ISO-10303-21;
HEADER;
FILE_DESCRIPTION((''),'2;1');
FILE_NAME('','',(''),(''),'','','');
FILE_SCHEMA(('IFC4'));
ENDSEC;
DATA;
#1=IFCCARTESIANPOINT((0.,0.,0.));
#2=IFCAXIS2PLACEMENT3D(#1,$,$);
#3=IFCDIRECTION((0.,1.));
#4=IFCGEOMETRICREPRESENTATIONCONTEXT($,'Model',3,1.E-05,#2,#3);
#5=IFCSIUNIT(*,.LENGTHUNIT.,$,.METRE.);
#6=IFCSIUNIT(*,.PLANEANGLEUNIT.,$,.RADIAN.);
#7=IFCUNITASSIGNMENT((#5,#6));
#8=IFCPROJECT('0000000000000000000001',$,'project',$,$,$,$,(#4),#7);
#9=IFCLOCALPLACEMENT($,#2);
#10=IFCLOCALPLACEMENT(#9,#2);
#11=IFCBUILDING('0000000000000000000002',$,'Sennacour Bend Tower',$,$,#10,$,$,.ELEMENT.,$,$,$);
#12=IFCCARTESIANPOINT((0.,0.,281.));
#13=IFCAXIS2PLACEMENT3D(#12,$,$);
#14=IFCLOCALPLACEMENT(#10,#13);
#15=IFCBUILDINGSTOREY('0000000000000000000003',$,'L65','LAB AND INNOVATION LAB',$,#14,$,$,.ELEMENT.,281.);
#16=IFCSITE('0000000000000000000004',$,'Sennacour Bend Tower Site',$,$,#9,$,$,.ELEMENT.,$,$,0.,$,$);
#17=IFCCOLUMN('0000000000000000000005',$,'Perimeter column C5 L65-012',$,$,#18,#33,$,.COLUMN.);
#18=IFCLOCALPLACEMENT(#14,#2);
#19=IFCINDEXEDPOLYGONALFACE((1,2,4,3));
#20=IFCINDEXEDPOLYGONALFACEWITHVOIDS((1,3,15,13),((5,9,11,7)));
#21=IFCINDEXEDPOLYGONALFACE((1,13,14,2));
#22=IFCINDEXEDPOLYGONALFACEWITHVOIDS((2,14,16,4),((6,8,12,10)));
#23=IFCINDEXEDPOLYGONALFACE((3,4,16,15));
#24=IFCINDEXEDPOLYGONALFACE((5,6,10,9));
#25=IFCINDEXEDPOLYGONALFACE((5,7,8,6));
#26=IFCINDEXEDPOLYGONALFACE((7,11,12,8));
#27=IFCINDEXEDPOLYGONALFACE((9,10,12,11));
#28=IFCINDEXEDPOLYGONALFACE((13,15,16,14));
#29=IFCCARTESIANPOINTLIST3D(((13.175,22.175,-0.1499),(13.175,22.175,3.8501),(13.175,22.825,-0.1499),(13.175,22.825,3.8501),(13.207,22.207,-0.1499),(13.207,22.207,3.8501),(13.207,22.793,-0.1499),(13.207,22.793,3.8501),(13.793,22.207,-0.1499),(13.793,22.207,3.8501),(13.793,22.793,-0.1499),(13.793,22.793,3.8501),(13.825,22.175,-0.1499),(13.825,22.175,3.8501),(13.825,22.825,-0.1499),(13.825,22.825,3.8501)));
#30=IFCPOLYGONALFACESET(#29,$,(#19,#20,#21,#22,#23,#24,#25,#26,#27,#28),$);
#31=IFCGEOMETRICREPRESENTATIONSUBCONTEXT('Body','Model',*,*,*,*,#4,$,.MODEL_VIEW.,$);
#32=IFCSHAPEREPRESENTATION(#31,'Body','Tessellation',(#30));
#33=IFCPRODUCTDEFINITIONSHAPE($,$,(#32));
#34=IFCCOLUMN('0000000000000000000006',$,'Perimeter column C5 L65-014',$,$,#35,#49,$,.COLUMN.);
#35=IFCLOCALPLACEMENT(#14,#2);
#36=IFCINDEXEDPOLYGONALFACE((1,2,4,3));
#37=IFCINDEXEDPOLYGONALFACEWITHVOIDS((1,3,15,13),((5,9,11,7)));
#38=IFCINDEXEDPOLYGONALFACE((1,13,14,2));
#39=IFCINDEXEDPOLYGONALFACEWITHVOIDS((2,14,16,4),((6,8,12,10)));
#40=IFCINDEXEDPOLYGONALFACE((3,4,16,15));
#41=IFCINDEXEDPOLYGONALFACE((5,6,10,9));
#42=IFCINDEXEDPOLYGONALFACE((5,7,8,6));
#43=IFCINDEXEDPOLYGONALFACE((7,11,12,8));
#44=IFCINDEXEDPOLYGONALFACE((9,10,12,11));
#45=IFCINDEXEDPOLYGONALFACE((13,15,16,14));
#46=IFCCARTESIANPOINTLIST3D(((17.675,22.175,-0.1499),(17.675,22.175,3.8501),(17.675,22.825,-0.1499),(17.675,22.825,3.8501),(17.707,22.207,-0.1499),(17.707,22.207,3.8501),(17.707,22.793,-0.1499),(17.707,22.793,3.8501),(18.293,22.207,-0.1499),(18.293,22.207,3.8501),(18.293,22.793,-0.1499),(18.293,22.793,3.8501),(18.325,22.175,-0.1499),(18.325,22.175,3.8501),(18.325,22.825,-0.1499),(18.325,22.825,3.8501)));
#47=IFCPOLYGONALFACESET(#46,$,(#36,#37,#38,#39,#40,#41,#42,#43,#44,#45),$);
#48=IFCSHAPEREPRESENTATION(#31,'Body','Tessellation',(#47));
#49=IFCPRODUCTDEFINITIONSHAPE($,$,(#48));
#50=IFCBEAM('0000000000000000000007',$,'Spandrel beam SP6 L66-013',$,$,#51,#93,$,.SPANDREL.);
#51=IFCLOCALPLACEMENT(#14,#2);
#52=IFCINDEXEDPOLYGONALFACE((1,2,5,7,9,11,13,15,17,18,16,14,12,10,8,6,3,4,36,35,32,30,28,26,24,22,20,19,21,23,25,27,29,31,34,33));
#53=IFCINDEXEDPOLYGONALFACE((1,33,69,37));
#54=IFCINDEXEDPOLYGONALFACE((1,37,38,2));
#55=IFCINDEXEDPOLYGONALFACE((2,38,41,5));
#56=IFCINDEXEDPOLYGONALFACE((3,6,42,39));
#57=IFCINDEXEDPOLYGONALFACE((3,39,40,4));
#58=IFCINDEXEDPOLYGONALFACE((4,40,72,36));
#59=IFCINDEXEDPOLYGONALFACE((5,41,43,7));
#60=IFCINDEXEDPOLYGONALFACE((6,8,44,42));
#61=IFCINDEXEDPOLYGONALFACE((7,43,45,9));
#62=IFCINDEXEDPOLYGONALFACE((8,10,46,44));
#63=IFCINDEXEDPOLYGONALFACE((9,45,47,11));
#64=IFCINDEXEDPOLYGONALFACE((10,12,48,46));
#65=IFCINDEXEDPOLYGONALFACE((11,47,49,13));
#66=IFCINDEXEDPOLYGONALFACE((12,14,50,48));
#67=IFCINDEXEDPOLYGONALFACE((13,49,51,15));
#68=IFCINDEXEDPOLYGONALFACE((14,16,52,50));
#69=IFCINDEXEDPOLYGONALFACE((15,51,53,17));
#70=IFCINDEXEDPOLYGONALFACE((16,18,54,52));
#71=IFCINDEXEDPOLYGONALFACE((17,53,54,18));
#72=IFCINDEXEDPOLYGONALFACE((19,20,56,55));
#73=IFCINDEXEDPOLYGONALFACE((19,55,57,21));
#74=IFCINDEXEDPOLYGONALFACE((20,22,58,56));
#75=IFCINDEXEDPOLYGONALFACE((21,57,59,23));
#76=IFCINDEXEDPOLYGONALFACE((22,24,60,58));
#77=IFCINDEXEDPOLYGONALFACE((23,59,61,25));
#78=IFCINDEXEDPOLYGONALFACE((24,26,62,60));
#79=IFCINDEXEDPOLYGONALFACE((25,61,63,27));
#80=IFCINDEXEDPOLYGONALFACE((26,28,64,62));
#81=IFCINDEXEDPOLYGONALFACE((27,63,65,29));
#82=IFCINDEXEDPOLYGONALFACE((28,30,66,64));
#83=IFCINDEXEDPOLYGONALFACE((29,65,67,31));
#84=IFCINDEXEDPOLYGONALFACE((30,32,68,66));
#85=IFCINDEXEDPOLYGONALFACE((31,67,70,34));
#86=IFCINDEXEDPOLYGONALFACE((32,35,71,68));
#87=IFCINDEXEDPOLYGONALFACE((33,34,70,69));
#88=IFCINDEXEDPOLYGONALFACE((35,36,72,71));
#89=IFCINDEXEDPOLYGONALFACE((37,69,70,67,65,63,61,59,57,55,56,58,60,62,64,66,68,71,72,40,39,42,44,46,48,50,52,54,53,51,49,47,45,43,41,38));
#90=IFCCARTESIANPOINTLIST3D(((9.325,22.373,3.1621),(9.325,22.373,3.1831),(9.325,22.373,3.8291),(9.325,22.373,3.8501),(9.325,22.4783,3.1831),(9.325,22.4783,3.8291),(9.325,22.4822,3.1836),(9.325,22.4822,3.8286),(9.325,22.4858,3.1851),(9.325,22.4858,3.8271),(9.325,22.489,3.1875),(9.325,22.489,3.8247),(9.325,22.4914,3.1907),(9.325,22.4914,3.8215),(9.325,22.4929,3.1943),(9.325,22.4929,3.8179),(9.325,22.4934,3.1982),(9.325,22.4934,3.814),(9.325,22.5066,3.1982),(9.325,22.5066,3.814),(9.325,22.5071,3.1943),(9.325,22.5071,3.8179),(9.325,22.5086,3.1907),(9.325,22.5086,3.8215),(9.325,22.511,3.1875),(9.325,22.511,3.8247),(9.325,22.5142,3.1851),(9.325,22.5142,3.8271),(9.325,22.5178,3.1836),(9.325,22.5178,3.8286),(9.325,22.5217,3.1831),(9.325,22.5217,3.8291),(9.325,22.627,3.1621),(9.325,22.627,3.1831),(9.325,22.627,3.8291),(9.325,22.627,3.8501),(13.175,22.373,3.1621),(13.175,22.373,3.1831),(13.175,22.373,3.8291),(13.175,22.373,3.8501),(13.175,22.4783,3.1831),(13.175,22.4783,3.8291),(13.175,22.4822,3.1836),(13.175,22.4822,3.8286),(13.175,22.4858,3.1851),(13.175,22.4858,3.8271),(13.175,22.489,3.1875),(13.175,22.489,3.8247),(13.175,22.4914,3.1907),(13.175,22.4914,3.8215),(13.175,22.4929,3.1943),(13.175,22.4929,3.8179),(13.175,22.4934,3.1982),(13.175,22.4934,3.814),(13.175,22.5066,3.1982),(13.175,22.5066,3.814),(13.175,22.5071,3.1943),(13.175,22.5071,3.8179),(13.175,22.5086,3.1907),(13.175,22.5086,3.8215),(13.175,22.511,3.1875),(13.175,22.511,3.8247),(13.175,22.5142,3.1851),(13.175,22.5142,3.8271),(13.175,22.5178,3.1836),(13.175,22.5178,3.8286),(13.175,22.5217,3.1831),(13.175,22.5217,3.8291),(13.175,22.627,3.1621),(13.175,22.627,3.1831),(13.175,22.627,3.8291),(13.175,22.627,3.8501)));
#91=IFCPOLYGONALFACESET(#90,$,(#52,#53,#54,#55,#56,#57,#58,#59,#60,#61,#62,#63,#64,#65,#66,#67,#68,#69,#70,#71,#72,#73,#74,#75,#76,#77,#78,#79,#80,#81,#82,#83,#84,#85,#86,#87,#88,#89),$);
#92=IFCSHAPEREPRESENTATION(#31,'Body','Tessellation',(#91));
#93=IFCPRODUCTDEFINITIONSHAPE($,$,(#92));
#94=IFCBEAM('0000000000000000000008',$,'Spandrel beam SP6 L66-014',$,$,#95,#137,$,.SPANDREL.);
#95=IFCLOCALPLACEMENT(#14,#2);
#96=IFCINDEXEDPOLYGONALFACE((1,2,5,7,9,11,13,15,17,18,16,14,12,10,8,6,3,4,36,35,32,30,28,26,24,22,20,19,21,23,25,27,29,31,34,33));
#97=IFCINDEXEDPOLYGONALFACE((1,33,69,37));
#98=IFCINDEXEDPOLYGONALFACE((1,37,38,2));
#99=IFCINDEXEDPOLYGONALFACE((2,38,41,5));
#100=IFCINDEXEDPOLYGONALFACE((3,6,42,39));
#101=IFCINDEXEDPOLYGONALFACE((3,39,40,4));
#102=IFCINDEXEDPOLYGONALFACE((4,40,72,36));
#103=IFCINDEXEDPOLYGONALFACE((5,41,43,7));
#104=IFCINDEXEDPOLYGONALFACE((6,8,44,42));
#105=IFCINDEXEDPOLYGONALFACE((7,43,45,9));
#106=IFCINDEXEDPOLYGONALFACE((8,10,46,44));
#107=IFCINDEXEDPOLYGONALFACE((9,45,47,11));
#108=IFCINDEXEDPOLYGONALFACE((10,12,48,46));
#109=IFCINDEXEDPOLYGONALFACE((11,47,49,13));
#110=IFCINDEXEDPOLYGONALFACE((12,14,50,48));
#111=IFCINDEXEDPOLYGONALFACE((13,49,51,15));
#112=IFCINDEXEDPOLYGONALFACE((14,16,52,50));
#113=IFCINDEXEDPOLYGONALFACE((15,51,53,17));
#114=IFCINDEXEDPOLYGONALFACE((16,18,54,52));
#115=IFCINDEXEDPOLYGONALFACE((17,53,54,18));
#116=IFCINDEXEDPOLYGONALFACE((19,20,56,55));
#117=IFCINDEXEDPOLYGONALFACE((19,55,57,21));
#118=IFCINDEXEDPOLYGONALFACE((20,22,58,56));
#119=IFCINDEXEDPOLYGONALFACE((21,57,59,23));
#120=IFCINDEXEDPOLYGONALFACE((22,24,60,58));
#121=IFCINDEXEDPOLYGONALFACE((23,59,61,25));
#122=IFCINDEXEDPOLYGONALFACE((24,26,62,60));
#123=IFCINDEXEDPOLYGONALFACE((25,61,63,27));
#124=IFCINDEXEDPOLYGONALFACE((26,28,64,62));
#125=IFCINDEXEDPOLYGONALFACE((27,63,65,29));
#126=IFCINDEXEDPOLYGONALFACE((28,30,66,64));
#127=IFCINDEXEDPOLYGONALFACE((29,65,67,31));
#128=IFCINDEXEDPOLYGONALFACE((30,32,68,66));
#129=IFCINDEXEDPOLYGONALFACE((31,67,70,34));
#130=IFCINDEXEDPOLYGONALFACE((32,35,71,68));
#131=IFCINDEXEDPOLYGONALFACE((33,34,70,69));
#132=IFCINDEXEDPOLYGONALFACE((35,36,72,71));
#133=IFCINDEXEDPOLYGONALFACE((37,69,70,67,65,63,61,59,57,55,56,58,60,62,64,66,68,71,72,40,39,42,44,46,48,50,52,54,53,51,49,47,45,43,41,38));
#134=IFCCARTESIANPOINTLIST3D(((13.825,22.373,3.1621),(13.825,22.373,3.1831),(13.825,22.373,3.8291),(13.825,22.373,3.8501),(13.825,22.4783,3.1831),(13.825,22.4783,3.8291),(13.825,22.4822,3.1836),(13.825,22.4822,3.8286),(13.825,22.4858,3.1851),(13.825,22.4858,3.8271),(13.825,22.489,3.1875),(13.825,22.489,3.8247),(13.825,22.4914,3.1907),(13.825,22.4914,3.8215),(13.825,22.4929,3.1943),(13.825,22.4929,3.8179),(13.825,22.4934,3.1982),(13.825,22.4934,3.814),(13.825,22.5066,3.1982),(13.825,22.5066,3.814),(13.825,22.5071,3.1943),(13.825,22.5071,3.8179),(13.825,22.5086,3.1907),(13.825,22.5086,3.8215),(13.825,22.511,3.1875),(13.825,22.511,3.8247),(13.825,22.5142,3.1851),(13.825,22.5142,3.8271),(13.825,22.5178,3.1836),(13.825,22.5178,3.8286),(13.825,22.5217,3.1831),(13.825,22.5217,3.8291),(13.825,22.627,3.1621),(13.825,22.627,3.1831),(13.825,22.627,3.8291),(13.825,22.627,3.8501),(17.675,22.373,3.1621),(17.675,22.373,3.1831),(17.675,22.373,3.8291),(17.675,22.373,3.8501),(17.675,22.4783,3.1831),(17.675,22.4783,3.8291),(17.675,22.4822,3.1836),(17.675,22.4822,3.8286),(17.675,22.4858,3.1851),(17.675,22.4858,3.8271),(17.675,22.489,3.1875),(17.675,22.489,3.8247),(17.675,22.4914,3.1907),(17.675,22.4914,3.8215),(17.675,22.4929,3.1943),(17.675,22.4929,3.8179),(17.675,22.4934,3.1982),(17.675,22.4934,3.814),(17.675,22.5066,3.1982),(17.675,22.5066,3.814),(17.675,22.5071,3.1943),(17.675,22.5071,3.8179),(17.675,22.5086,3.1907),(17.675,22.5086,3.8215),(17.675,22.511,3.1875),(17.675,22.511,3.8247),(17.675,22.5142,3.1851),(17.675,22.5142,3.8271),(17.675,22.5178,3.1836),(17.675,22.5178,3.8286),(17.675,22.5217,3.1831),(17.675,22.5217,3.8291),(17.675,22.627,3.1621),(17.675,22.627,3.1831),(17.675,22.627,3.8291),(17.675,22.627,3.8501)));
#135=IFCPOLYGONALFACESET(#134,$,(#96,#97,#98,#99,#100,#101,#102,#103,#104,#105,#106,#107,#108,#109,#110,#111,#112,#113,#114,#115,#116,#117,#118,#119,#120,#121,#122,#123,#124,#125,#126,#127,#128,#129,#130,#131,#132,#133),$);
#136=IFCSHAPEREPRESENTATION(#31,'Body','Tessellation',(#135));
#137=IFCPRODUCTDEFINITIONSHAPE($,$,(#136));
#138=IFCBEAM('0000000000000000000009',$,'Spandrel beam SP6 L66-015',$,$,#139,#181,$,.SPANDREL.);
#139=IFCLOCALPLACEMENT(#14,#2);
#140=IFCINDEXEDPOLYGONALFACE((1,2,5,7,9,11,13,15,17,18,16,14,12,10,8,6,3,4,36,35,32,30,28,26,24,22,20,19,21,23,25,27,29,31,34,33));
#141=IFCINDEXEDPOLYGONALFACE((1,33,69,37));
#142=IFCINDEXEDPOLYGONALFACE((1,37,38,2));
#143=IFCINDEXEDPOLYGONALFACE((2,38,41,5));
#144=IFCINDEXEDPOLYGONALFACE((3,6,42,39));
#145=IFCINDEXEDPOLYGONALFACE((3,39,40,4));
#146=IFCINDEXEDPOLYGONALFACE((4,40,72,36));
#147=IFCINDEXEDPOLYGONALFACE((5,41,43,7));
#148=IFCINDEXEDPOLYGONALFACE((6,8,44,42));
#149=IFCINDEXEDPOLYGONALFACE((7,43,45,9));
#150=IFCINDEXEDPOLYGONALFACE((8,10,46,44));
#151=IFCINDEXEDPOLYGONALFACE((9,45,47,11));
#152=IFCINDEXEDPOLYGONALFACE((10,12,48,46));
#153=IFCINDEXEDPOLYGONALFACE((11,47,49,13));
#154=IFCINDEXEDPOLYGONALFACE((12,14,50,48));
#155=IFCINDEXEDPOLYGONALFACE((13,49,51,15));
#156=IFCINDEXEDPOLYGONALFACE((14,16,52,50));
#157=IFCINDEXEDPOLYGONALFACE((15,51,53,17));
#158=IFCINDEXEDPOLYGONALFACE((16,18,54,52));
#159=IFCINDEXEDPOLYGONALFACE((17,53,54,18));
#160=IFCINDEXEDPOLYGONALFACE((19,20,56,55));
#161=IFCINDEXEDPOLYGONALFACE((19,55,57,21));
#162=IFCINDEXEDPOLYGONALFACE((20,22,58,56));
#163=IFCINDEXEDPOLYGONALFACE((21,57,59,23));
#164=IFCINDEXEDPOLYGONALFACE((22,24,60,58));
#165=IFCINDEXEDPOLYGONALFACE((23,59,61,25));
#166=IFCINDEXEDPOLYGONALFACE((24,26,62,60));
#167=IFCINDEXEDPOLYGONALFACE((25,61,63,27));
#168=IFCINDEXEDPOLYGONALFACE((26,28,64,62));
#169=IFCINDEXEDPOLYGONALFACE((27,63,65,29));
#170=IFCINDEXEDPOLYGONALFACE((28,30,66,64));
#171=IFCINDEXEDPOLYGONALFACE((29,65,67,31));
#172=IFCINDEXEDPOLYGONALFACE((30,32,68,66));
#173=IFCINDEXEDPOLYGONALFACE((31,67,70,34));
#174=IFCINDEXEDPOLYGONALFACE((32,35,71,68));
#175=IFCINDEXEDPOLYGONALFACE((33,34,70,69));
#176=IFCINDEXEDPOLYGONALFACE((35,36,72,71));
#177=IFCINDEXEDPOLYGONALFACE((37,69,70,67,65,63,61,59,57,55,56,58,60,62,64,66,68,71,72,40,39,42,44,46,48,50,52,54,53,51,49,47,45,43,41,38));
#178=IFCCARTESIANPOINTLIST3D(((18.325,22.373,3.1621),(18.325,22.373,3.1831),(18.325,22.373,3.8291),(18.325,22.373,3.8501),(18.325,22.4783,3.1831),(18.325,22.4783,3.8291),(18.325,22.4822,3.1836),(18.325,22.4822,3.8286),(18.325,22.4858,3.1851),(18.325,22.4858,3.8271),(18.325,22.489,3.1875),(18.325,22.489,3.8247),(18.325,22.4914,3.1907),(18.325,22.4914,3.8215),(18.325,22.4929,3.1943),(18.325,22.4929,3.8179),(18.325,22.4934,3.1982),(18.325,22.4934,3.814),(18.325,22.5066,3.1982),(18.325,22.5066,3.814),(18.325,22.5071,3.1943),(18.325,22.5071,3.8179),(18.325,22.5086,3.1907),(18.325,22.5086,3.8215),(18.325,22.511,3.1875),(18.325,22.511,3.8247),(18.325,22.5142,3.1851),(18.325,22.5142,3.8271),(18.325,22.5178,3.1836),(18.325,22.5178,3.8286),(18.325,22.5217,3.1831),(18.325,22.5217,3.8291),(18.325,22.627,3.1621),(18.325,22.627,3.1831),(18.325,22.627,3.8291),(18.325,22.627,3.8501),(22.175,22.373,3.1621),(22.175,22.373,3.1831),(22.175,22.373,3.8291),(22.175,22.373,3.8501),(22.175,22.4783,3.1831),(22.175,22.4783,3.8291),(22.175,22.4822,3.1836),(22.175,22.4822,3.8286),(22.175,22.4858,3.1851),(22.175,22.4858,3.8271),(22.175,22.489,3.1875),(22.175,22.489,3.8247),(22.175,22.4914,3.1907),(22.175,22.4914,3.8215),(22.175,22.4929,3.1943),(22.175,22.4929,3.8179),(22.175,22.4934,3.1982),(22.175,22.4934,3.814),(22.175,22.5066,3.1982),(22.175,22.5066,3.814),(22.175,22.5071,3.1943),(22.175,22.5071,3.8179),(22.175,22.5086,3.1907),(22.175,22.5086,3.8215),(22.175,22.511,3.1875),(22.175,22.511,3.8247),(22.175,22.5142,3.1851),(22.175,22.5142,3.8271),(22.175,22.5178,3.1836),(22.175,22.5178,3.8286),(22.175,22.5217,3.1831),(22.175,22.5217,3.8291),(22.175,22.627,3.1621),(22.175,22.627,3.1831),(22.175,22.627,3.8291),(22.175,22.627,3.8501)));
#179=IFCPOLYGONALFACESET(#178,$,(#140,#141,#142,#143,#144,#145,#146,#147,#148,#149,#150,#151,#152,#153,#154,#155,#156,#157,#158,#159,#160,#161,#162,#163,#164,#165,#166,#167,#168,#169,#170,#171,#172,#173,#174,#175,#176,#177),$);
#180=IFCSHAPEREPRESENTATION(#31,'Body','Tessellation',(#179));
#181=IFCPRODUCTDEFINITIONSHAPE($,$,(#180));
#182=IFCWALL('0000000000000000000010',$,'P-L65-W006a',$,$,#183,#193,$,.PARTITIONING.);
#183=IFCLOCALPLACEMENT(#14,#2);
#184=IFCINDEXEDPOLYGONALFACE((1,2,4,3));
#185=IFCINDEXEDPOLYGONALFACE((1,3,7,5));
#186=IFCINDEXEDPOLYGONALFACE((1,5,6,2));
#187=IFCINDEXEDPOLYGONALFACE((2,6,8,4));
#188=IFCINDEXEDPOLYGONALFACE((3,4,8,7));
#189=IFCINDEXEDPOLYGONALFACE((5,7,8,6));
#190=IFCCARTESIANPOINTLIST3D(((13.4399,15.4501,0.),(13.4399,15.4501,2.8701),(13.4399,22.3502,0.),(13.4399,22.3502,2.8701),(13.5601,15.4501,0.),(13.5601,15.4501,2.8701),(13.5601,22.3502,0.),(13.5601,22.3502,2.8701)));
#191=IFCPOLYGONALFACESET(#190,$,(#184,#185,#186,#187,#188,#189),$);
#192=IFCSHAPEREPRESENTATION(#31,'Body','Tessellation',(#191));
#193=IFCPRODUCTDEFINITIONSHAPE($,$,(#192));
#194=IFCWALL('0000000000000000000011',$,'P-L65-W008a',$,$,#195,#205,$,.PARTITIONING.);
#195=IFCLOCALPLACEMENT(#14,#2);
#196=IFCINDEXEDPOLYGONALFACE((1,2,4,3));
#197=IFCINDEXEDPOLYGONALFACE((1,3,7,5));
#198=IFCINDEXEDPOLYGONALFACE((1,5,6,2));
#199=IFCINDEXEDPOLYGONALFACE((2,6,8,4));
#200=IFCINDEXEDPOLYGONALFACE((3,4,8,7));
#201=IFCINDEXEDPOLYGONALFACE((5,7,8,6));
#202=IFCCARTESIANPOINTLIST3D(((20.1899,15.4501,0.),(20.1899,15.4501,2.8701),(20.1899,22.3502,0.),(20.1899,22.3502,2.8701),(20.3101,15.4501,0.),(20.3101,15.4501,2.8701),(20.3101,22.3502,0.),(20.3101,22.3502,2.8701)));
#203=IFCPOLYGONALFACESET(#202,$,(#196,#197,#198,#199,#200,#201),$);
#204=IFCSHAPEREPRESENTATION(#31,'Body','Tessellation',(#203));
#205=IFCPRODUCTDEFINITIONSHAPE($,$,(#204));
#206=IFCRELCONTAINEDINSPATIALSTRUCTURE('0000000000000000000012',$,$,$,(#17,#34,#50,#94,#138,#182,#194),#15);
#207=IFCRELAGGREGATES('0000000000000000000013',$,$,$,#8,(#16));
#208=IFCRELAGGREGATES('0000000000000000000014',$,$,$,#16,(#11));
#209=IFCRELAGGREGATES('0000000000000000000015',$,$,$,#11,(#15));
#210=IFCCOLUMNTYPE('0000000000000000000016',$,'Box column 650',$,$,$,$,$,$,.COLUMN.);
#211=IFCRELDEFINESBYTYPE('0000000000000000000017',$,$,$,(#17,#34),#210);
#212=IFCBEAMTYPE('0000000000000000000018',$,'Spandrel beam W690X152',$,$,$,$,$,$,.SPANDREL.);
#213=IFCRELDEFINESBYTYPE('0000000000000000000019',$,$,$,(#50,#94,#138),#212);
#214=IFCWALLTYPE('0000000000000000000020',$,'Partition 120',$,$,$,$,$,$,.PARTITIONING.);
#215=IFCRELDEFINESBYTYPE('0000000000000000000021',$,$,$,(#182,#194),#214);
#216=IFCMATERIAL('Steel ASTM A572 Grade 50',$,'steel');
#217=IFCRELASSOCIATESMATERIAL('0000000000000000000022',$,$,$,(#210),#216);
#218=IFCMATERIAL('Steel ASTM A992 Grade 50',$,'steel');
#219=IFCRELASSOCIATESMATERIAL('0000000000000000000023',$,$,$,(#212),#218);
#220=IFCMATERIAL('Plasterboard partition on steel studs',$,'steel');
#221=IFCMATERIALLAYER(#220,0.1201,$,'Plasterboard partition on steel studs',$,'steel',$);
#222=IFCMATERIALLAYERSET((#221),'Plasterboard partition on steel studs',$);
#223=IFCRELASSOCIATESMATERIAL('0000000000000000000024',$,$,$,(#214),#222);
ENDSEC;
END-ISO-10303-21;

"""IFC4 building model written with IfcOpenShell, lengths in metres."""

from ifc_helpers import new_model, si_unit, direction, frame, frame_2d, origin, origin_2d, place, context, subcontext, project, spatial, rectangle, hollow_rectangle, i_section, extrude, material, layer, layer_set, material_profile, profile_set, type_object, element, save


model = new_model("IFC4")

# Units and contexts
model_context = context("Model", 3, precision=1e-05, world=origin(), true_north=direction((0.0, 1.0)))
body_context = subcontext(model_context, "Body", "Model", "MODEL_VIEW")
ifc_project = project(units=[si_unit("LENGTHUNIT", "METRE"), si_unit("PLANEANGLEUNIT", "RADIAN")], contexts=[model_context])

# Site, building, storey
site_placement = place(None, origin())
site = spatial("IfcSite", under=ifc_project, at=site_placement, Name="Sennacour Bend Tower Site", CompositionType="ELEMENT", RefElevation=0.0)
building_placement = place(site_placement, origin())
building = spatial("IfcBuilding", under=site, at=building_placement, Name="Sennacour Bend Tower", CompositionType="ELEMENT")
storey_placement = place(building_placement, frame((0.0, 0.0, 281.0)))
storey = spatial("IfcBuildingStorey", under=building, at=storey_placement, Name="L65", Description="LAB AND INNOVATION LAB", CompositionType="ELEMENT", Elevation=281.0)

# Columns
ifc_material_1 = material(Name="Steel ASTM A572 Grade 50", Category="steel")
ifc_material_profile_1 = material_profile(ifc_material_1, hollow_rectangle(XDim=0.6499, YDim=0.6499, WallThickness=0.032, at=origin_2d()), Name="Steel ASTM A572 Grade 50", Category="steel")
ifc_profile_set_1 = profile_set([ifc_material_profile_1], Name="Steel ASTM A572 Grade 50")
column_type = type_object("IfcColumnType", Name="Box column 650", PredefinedType="COLUMN", material=ifc_profile_set_1)
for number, where, z_axis, x_axis, name in (
    (1, (13.5, 22.5, -0.1499), (0.0, 0.0, 1.0), (1.0, 0.0, 0.0), "Perimeter column C5 L65-012"),
    (2, (18.0, 22.5, -0.1499), (0.0, 0.0, 1.0), (1.0, 0.0, 0.0), "Perimeter column C5 L65-014"),
):
    element("IfcColumn", number, at=place(storey_placement, frame(where, z_axis=z_axis, x_axis=x_axis)), inside=storey, type_object=column_type, Name=name, PredefinedType="COLUMN", context=body_context, shape_type="SweptSolid", body=[
        extrude(hollow_rectangle(XDim=0.6499, YDim=0.6499, WallThickness=0.032, at=origin_2d()), origin(), (0.0, 0.0, 1.0), 4.0),
    ])

# Beams
ifc_material_2 = material(Name="Steel ASTM A992 Grade 50", Category="steel")
ifc_material_profile_2 = material_profile(ifc_material_2, i_section(OverallWidth=0.2539, OverallDepth=0.688, WebThickness=0.0132, FlangeThickness=0.021, FilletRadius=0.0151, at=origin_2d()), Name="Steel ASTM A992 Grade 50", Category="steel")
ifc_profile_set_2 = profile_set([ifc_material_profile_2], Name="Steel ASTM A992 Grade 50")
beam_type = type_object("IfcBeamType", Name="Spandrel beam W690X152", PredefinedType="SPANDREL", material=ifc_profile_set_2)
for number, where, z_axis, x_axis, name in (
    (3, (9.325, 22.5, 3.5061), (1.0, 0.0, 0.0), (0.0, 1.0, 0.0), "Spandrel beam SP6 L66-013"),
    (4, (13.825, 22.5, 3.5061), (1.0, 0.0, 0.0), (0.0, 1.0, 0.0), "Spandrel beam SP6 L66-014"),
    (5, (18.325, 22.5, 3.5061), (1.0, 0.0, 0.0), (0.0, 1.0, 0.0), "Spandrel beam SP6 L66-015"),
):
    element("IfcBeam", number, at=place(storey_placement, frame(where, z_axis=z_axis, x_axis=x_axis)), inside=storey, type_object=beam_type, Name=name, PredefinedType="SPANDREL", context=body_context, shape_type="SweptSolid", body=[
        extrude(i_section(OverallWidth=0.2539, OverallDepth=0.688, WebThickness=0.0132, FlangeThickness=0.021, FilletRadius=0.0151, at=origin_2d()), origin(), (0.0, 0.0, 1.0), 3.8501),
    ])

# Walls
ifc_material_3 = material(Name="Plasterboard partition on steel studs", Category="steel")
ifc_layer_1 = layer(ifc_material_3, 0.1201, Name="Plasterboard partition on steel studs", Category="steel")
ifc_layer_set_1 = layer_set([ifc_layer_1], Name="Plasterboard partition on steel studs")
wall_type_1 = type_object("IfcWallType", Name="Partition 120", PredefinedType="PARTITIONING", material=ifc_layer_set_1)
for number, where, z_axis, x_axis, name in (
    (6, (13.5, 15.45, 0.0), (0.0, 0.0, 1.0), (0.0, 1.0, 0.0), "P-L65-W006a"),
    (7, (20.25, 15.45, 0.0), (0.0, 0.0, 1.0), (0.0, 1.0, 0.0), "P-L65-W008a"),
):
    element("IfcWall", number, at=place(storey_placement, frame(where, z_axis=z_axis, x_axis=x_axis)), inside=storey, type_object=wall_type_1, Name=name, PredefinedType="PARTITIONING", context=body_context, shape_type="SweptSolid", body=[
        extrude(rectangle(XDim=6.9001, YDim=0.1201, at=frame_2d((3.4502, 0.0))), origin(), (0.0, 0.0, 1.0), 2.8701),
    ])

save(model, "model.ifc")
